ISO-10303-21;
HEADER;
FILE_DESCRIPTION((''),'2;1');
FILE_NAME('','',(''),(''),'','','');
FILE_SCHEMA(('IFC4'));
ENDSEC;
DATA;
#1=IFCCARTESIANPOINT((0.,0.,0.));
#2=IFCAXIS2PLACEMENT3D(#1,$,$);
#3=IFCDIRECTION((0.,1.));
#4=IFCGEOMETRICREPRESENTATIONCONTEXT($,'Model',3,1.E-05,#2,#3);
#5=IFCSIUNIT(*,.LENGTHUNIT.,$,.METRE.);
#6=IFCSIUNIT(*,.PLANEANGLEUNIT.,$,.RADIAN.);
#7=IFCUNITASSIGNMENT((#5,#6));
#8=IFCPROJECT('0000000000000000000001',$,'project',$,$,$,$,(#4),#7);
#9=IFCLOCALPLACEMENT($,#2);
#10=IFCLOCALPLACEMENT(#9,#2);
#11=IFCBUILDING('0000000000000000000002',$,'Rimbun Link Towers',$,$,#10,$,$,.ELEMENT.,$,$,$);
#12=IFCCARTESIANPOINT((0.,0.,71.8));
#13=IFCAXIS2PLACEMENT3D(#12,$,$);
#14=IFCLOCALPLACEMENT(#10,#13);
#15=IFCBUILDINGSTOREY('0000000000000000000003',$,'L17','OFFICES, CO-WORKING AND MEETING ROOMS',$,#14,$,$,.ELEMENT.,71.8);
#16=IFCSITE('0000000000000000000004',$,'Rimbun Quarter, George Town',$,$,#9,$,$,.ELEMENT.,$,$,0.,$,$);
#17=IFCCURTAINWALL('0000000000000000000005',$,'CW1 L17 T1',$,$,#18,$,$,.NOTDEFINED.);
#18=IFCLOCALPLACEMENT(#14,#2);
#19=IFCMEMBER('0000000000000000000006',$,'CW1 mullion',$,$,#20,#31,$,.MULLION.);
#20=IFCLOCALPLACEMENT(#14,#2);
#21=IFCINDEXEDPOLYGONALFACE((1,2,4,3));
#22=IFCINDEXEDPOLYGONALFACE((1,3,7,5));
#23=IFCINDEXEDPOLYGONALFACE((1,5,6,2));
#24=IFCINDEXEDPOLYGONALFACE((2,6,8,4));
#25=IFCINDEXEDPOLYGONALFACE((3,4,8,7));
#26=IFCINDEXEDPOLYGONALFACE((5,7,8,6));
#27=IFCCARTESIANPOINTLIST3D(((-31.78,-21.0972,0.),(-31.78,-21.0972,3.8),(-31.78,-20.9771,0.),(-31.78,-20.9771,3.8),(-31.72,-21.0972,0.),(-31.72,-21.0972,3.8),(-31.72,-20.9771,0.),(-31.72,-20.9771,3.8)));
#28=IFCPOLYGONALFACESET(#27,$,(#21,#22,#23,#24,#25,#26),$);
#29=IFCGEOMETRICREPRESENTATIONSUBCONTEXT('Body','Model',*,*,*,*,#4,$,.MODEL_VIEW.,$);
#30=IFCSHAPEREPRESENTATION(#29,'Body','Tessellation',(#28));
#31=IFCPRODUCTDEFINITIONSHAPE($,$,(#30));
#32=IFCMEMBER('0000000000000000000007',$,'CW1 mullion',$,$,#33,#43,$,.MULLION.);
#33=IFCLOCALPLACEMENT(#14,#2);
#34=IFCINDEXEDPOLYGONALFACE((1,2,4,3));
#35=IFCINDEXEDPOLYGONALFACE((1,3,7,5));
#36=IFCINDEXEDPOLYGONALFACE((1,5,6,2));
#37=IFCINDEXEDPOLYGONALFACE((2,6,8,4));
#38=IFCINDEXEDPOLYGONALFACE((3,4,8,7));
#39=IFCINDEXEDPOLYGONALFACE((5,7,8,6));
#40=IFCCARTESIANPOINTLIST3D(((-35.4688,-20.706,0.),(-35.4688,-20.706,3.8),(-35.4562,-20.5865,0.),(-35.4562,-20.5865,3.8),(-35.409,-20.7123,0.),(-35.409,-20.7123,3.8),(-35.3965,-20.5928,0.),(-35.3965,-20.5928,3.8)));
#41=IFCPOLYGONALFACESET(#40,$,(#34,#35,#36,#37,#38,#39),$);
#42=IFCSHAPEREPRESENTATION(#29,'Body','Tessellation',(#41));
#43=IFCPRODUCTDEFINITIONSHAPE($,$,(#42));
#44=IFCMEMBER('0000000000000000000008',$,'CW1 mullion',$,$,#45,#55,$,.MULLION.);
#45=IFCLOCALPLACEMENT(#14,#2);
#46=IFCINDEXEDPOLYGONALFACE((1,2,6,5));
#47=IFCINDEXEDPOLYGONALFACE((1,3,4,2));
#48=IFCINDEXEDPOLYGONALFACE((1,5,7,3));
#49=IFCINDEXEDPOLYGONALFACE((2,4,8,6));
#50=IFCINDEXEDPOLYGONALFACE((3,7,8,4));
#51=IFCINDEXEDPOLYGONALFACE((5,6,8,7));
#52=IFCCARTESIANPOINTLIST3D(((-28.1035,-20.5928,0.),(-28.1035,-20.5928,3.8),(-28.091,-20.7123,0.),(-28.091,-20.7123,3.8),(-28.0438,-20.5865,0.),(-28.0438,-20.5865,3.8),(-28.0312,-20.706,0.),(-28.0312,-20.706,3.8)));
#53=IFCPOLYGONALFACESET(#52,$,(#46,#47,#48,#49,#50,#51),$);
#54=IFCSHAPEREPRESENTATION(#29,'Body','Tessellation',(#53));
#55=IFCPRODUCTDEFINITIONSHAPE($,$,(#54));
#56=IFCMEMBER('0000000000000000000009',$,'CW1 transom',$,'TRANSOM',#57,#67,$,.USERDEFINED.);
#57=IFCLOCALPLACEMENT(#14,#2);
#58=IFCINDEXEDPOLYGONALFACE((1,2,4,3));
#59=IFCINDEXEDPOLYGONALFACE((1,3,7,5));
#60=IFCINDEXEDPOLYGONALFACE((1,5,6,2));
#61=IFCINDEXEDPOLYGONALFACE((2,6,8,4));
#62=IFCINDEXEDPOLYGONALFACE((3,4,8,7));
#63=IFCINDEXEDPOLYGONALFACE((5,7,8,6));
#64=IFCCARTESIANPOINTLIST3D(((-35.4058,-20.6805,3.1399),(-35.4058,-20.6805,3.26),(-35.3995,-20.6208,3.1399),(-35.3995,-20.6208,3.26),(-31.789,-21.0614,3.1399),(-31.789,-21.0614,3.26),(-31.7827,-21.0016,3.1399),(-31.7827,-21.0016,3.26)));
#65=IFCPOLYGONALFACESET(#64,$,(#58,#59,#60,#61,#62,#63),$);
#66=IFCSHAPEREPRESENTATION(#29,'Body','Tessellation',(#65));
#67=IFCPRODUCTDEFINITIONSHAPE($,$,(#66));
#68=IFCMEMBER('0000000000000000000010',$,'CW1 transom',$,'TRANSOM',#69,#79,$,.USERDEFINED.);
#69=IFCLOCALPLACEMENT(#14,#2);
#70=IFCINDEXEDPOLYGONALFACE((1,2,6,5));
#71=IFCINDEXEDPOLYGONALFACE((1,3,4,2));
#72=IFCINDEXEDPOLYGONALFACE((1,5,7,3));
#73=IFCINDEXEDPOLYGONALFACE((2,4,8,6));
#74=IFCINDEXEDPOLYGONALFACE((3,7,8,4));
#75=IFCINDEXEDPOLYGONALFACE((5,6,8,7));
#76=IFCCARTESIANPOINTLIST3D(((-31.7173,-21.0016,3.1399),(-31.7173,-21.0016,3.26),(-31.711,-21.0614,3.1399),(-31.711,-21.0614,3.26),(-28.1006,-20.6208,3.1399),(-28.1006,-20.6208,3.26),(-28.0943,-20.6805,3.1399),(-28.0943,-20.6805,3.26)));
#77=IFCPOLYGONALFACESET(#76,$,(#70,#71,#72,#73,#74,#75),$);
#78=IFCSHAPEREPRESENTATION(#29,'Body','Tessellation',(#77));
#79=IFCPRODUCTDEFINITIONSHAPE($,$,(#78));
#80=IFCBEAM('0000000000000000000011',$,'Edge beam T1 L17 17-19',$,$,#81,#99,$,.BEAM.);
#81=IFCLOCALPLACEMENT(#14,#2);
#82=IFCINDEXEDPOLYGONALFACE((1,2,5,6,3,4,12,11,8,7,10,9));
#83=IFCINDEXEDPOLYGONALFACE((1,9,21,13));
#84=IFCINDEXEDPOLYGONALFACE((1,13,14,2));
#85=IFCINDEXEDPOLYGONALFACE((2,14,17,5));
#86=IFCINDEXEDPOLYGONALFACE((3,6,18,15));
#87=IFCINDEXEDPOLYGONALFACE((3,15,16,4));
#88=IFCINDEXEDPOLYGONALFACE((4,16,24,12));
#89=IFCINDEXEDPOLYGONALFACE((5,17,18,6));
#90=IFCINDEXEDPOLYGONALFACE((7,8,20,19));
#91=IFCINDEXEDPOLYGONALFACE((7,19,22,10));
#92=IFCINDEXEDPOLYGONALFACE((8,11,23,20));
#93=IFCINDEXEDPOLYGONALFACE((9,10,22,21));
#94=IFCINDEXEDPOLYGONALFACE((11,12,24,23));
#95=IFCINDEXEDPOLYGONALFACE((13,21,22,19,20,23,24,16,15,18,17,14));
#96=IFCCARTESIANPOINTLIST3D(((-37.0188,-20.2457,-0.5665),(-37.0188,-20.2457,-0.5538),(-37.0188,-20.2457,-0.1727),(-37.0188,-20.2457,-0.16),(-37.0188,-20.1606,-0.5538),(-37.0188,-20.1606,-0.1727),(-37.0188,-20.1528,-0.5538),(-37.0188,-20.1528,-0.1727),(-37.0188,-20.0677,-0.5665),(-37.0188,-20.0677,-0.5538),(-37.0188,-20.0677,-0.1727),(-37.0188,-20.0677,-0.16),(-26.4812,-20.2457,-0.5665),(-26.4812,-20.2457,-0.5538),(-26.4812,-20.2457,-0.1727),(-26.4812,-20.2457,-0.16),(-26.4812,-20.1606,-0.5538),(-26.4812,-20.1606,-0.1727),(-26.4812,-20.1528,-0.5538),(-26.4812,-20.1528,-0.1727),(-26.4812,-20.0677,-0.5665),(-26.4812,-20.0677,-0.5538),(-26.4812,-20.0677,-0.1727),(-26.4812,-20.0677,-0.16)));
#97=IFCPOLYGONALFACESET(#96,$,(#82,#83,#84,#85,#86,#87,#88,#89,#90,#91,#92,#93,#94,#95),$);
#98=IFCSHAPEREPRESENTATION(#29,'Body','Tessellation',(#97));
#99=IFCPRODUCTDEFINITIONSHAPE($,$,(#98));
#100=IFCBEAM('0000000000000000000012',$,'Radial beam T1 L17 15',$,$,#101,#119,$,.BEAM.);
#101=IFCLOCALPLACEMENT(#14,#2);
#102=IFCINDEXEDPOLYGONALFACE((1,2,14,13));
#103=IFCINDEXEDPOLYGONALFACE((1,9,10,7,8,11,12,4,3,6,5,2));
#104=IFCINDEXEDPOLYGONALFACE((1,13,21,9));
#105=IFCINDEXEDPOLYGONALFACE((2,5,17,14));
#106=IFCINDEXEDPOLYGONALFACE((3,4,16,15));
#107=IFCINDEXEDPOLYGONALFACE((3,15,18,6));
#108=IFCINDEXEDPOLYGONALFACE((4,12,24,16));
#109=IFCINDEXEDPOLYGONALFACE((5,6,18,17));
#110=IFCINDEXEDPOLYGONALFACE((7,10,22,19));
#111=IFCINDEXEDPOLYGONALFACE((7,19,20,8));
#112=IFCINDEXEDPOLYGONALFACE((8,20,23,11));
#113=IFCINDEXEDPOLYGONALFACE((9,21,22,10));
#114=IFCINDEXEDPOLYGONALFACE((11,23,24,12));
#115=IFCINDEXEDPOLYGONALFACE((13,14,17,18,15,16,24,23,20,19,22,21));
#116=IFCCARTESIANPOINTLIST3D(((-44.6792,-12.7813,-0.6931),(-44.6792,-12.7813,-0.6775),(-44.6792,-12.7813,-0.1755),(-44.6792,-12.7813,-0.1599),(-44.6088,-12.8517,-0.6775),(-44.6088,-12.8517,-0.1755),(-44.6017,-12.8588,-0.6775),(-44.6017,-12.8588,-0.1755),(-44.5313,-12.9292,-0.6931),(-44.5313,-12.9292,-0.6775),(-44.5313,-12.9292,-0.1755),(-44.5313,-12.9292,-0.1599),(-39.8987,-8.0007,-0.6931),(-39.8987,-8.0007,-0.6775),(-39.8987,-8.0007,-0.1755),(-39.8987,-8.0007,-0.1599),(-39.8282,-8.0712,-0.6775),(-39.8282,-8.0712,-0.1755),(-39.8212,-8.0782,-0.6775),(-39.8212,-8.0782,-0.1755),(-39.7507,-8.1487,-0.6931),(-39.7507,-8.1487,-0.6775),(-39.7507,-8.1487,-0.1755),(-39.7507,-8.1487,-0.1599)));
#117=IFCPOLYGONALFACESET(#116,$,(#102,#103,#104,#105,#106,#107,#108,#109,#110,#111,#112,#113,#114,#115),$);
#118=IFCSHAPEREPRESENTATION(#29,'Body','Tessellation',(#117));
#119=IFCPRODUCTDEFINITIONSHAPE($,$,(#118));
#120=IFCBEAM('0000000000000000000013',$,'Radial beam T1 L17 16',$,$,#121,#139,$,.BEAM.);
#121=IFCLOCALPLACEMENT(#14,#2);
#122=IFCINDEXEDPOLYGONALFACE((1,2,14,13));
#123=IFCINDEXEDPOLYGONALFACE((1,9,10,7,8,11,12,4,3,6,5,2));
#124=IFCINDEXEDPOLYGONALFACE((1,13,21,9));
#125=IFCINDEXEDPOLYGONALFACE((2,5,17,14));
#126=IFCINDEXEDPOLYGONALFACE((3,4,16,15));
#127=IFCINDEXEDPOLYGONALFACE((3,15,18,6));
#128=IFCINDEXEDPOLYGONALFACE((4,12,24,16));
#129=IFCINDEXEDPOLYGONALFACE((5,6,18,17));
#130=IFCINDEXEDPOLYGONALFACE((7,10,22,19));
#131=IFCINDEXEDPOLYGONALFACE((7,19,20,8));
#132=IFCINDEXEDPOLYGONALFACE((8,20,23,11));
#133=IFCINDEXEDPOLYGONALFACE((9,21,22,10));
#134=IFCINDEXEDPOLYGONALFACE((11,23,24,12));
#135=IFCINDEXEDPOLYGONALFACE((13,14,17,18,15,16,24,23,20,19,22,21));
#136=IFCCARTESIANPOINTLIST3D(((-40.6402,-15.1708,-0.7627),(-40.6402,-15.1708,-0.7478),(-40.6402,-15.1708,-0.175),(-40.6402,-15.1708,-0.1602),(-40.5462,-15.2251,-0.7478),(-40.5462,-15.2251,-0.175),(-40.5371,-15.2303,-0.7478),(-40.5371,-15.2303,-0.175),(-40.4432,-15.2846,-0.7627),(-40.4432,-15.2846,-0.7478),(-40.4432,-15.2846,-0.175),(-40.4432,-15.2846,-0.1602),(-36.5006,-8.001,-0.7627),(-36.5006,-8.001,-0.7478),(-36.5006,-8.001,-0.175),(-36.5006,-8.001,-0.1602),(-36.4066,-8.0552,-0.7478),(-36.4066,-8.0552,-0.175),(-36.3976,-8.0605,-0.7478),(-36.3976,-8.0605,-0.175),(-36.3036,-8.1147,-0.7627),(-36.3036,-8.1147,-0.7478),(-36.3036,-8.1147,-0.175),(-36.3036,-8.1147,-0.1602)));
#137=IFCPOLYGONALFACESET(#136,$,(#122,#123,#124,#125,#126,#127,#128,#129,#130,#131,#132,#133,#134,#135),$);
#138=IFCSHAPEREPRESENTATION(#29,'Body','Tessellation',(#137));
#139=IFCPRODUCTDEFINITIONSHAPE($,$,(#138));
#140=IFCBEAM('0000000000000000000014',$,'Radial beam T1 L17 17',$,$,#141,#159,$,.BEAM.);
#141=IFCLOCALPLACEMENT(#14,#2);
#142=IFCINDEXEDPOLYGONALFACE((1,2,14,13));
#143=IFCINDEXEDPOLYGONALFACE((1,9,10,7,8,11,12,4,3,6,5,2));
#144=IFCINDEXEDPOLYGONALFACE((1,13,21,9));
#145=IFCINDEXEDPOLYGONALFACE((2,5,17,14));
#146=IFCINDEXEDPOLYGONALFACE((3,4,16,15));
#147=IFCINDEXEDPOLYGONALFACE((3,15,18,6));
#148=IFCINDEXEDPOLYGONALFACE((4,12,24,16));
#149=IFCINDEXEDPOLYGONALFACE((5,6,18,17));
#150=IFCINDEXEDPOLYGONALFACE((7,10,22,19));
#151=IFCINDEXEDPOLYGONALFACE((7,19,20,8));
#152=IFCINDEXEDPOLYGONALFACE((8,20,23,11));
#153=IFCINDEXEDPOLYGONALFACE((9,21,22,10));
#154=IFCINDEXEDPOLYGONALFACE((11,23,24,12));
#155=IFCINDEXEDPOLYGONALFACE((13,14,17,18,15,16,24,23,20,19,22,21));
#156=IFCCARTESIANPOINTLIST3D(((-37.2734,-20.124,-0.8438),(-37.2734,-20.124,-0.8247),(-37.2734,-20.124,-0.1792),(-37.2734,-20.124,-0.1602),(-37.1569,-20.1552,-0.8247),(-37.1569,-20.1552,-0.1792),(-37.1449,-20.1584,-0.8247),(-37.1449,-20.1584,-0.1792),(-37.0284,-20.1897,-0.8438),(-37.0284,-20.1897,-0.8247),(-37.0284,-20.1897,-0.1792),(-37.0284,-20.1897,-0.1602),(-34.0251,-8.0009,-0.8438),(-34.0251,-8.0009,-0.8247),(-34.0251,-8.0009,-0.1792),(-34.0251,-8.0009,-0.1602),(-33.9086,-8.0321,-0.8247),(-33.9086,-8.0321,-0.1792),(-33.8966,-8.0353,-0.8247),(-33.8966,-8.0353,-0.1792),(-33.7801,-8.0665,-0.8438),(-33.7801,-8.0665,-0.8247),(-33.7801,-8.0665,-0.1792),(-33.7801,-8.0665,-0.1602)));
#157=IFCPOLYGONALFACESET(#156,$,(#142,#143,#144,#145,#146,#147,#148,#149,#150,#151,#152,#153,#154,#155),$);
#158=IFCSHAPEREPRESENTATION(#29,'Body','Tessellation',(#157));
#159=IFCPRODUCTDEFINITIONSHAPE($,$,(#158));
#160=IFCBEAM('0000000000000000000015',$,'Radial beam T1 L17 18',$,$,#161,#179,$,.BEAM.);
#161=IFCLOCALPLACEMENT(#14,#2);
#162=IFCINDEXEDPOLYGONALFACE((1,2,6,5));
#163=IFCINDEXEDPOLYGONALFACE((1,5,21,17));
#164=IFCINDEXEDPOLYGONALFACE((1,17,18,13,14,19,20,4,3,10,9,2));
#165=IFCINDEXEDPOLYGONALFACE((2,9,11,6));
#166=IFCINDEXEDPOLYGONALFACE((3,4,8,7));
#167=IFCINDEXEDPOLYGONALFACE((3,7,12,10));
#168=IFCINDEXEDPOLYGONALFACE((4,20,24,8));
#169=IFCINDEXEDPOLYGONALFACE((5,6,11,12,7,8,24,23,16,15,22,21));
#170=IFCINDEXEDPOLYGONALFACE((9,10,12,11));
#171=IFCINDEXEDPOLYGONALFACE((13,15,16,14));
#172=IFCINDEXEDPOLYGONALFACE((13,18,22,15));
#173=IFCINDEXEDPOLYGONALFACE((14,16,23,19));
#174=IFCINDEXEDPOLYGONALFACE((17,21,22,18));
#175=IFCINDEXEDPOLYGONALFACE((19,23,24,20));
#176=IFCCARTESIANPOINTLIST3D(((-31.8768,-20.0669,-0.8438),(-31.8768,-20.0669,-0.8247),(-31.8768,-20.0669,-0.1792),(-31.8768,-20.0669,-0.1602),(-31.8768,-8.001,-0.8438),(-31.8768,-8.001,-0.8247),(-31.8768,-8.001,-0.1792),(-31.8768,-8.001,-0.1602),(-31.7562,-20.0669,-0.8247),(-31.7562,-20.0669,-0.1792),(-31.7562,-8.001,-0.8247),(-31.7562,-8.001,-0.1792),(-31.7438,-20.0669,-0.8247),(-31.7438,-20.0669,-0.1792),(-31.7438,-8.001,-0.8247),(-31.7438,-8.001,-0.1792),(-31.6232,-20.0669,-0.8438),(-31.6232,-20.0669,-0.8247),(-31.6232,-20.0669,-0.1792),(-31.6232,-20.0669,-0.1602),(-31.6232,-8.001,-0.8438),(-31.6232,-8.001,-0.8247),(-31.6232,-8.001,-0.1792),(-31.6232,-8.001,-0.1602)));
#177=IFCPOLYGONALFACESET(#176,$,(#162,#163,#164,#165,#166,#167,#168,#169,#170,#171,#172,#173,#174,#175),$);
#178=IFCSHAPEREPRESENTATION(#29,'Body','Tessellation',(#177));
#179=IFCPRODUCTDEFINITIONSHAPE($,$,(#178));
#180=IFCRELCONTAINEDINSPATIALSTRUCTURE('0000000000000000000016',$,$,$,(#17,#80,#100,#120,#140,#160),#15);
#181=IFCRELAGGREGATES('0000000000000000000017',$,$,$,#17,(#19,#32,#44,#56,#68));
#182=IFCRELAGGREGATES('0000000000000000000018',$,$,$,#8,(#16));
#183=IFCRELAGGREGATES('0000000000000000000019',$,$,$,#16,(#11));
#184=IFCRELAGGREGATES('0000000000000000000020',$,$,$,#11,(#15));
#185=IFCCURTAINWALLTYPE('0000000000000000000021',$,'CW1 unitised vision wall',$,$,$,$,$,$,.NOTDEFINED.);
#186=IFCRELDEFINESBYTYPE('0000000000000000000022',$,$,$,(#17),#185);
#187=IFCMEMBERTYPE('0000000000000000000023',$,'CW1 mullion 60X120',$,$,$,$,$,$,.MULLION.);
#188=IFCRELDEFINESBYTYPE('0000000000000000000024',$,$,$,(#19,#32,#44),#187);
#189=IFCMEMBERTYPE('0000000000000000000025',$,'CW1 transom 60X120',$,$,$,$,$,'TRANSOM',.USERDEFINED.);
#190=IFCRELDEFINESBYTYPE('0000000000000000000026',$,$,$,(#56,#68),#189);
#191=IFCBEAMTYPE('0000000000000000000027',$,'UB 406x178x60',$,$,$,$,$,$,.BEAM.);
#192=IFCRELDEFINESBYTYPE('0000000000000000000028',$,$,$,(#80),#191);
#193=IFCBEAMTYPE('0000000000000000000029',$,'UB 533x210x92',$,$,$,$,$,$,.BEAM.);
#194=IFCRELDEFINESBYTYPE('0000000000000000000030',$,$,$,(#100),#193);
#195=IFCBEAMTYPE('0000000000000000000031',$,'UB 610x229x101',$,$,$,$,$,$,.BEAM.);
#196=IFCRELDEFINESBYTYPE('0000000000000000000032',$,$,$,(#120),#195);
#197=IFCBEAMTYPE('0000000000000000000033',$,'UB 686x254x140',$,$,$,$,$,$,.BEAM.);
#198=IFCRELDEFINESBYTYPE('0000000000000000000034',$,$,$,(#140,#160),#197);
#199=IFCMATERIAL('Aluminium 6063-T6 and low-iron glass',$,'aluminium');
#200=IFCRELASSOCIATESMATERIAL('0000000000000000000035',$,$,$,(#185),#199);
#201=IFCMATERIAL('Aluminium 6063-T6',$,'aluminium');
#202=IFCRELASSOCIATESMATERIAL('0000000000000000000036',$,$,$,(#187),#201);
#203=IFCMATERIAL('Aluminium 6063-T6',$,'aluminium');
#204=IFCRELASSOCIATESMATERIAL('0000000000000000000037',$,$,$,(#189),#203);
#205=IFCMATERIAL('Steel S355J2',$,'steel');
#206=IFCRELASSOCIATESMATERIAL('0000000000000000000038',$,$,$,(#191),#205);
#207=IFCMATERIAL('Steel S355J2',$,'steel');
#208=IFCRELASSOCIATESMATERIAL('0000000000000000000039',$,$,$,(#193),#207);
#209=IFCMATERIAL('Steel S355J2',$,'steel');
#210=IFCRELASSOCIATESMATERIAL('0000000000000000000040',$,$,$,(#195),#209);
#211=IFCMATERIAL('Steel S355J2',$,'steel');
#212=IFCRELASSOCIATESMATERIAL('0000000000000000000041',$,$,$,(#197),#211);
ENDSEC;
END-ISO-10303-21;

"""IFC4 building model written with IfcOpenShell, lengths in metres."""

from ifc_helpers import new_model, si_unit, direction, frame, origin, origin_2d, place, context, subcontext, project, spatial, rectangle, i_section, extrude, material, material_profile, profile_set, type_object, element, aggregate, save


model = new_model("IFC4")

# Units and contexts
model_context = context("Model", 3, precision=1e-05, world=origin(), true_north=direction((0.0, 1.0)))
body_context = subcontext(model_context, "Body", "Model", "MODEL_VIEW")
ifc_project = project(units=[si_unit("LENGTHUNIT", "METRE"), si_unit("PLANEANGLEUNIT", "RADIAN")], contexts=[model_context])

# Site, building, storey
site_placement = place(None, origin())
site = spatial("IfcSite", under=ifc_project, at=site_placement, Name="Rimbun Quarter, George Town", CompositionType="ELEMENT", RefElevation=0.0)
building_placement = place(site_placement, origin())
building = spatial("IfcBuilding", under=site, at=building_placement, Name="Rimbun Link Towers", CompositionType="ELEMENT")
storey_placement = place(building_placement, frame((0.0, 0.0, 71.8)))
storey = spatial("IfcBuildingStorey", under=building, at=storey_placement, Name="L17", Description="OFFICES, CO-WORKING AND MEETING ROOMS", CompositionType="ELEMENT", Elevation=71.8)

# Curtain wall, members
ifc_material_1 = material(Name="Aluminium 6063-T6 and low-iron glass", Category="aluminium")
curtain_wall_type = type_object("IfcCurtainWallType", Name="CW1 unitised vision wall", PredefinedType="NOTDEFINED", material=ifc_material_1)
curtain_wall_placement = place(storey_placement, origin())
curtain_wall = element("IfcCurtainWall", 1, at=curtain_wall_placement, inside=storey, type_object=curtain_wall_type, Name="CW1 L17 T1", PredefinedType="NOTDEFINED")
ifc_material_2 = material(Name="Aluminium 6063-T6", Category="aluminium")
ifc_material_profile_1 = material_profile(ifc_material_2, rectangle(XDim=0.1201, YDim=0.0601, at=origin_2d()), Name="MULLION 60X120")
ifc_profile_set_1 = profile_set([ifc_material_profile_1], Name="Aluminium 6063-T6")
member_type_1 = type_object("IfcMemberType", Name="CW1 mullion 60X120", PredefinedType="MULLION", material=ifc_profile_set_1)
member_1_placement = place(storey_placement, frame((-31.75, -21.0371, 0.0), z_axis=(0.0, 0.0, 1.0), x_axis=(0.0, -1.0, 0.0)))
member_1 = element("IfcMember", 2, at=member_1_placement, type_object=member_type_1, Name="CW1 mullion", PredefinedType="MULLION", context=body_context, shape_type="SweptSolid", body=[
    extrude(rectangle(XDim=0.1201, YDim=0.0601, at=origin_2d()), origin(), (0.0, 0.0, 1.0), 3.8),
])
member_2_placement = place(storey_placement, frame((-35.4326, -20.6494, 0.0), z_axis=(0.0, 0.0, 1.0), x_axis=(-0.104735, -0.9945, 0.0)))
member_2 = element("IfcMember", 3, at=member_2_placement, type_object=member_type_1, Name="CW1 mullion", PredefinedType="MULLION", context=body_context, shape_type="SweptSolid", body=[
    extrude(rectangle(XDim=0.1201, YDim=0.0601, at=origin_2d()), origin(), (0.0, 0.0, 1.0), 3.8),
])
member_3_placement = place(storey_placement, frame((-28.0674, -20.6494, 0.0), z_axis=(0.0, 0.0, 1.0), x_axis=(0.104735, -0.9945, 0.0)))
member_3 = element("IfcMember", 4, at=member_3_placement, type_object=member_type_1, Name="CW1 mullion", PredefinedType="MULLION", context=body_context, shape_type="SweptSolid", body=[
    extrude(rectangle(XDim=0.1201, YDim=0.0601, at=origin_2d()), origin(), (0.0, 0.0, 1.0), 3.8),
])
ifc_material_3 = material(Name="Aluminium 6063-T6", Category="aluminium")
ifc_material_profile_2 = material_profile(ifc_material_3, rectangle(XDim=0.0601, YDim=0.1201, at=origin_2d()), Name="TRANSOM 60X120")
ifc_profile_set_2 = profile_set([ifc_material_profile_2], Name="Aluminium 6063-T6")
member_type_2 = type_object("IfcMemberType", Name="CW1 transom 60X120", ElementType="TRANSOM", PredefinedType="USERDEFINED", material=ifc_profile_set_2)
member_4_placement = place(storey_placement, frame((-31.7859, -21.0315, 3.2), z_axis=(-0.994501, 0.104727, 0.0), x_axis=(-0.104727, -0.994501, 0.0)))
member_4 = element("IfcMember", 5, at=member_4_placement, type_object=member_type_2, Name="CW1 transom", ObjectType="TRANSOM", PredefinedType="USERDEFINED", context=body_context, shape_type="SweptSolid", body=[
    extrude(rectangle(XDim=0.0601, YDim=0.1201, at=origin_2d()), origin(), (0.0, 0.0, 1.0), 3.6367),
])
member_5_placement = place(storey_placement, frame((-28.0974, -20.6506, 3.2), z_axis=(-0.994501, -0.104727, 0.0), x_axis=(0.104727, -0.994501, 0.0)))
member_5 = element("IfcMember", 6, at=member_5_placement, type_object=member_type_2, Name="CW1 transom", ObjectType="TRANSOM", PredefinedType="USERDEFINED", context=body_context, shape_type="SweptSolid", body=[
    extrude(rectangle(XDim=0.0601, YDim=0.1201, at=origin_2d()), origin(), (0.0, 0.0, 1.0), 3.6367),
])

# Beams
ifc_material_4 = material(Name="Steel S355J2", Category="steel")
ifc_material_profile_3 = material_profile(ifc_material_4, i_section(OverallWidth=0.178, OverallDepth=0.4065, WebThickness=0.0078, FlangeThickness=0.0127, at=origin_2d()), Name="UB 406x178x60")
ifc_profile_set_3 = profile_set([ifc_material_profile_3], Name="Steel S355J2")
beam_type_1 = type_object("IfcBeamType", Name="UB 406x178x60", PredefinedType="BEAM", material=ifc_profile_set_3)
beam_1_placement = place(storey_placement, frame((-37.0188, -20.1567, -0.3633), z_axis=(1.0, 0.0, 0.0), x_axis=(0.0, 1.0, 0.0)))
element("IfcBeam", 7, at=beam_1_placement, inside=storey, type_object=beam_type_1, Name="Edge beam T1 L17 17-19", PredefinedType="BEAM", context=body_context, shape_type="SweptSolid", body=[
    extrude(i_section(OverallWidth=0.178, OverallDepth=0.4065, WebThickness=0.0078, FlangeThickness=0.0127, at=origin_2d()), origin(), (0.0, 0.0, 1.0), 10.5376),
])
ifc_material_5 = material(Name="Steel S355J2", Category="steel")
ifc_material_profile_4 = material_profile(ifc_material_5, i_section(OverallWidth=0.2092, OverallDepth=0.5332, WebThickness=0.01, FlangeThickness=0.0156, at=origin_2d()), Name="UB 533x210x92")
ifc_profile_set_4 = profile_set([ifc_material_profile_4], Name="Steel S355J2")
beam_type_2 = type_object("IfcBeamType", Name="UB 533x210x92", PredefinedType="BEAM", material=ifc_profile_set_4)
beam_2_placement = place(storey_placement, frame((-39.8247, -8.0747, -0.4265), z_axis=(-0.707107, -0.707107, 0.0), x_axis=(0.707107, -0.707107, 0.0)))
element("IfcBeam", 8, at=beam_2_placement, inside=storey, type_object=beam_type_2, Name="Radial beam T1 L17 15", PredefinedType="BEAM", context=body_context, shape_type="SweptSolid", body=[
    extrude(i_section(OverallWidth=0.2092, OverallDepth=0.5332, WebThickness=0.01, FlangeThickness=0.0156, at=origin_2d()), origin(), (0.0, 0.0, 1.0), 6.7607),
])
ifc_material_6 = material(Name="Steel S355J2", Category="steel")
ifc_material_profile_5 = material_profile(ifc_material_6, i_section(OverallWidth=0.2275, OverallDepth=0.6025, WebThickness=0.0105, FlangeThickness=0.0149, at=origin_2d()), Name="UB 610x229x101")
ifc_profile_set_5 = profile_set([ifc_material_profile_5], Name="Steel S355J2")
beam_type_3 = type_object("IfcBeamType", Name="UB 610x229x101", PredefinedType="BEAM", material=ifc_profile_set_5)
beam_3_placement = place(storey_placement, frame((-36.4021, -8.0579, -0.4614), z_axis=(-0.500008, -0.866021, 0.0), x_axis=(0.866021, -0.500008, 0.0)))
element("IfcBeam", 9, at=beam_3_placement, inside=storey, type_object=beam_type_3, Name="Radial beam T1 L17 16", PredefinedType="BEAM", context=body_context, shape_type="SweptSolid", body=[
    extrude(i_section(OverallWidth=0.2275, OverallDepth=0.6025, WebThickness=0.0105, FlangeThickness=0.0149, at=origin_2d()), origin(), (0.0, 0.0, 1.0), 8.2791),
])
ifc_material_7 = material(Name="Steel S355J2", Category="steel")
ifc_material_profile_6 = material_profile(ifc_material_7, i_section(OverallWidth=0.2537, OverallDepth=0.6836, WebThickness=0.0125, FlangeThickness=0.019, at=origin_2d()), Name="UB 686x254x140")
ifc_profile_set_6 = profile_set([ifc_material_profile_6], Name="Steel S355J2")
beam_type_4 = type_object("IfcBeamType", Name="UB 686x254x140", PredefinedType="BEAM", material=ifc_profile_set_6)
beam_4_placement = place(storey_placement, frame((-33.9026, -8.0337, -0.502), z_axis=(-0.258814, -0.965927, 0.0), x_axis=(0.965927, -0.258814, 0.0)))
element("IfcBeam", 10, at=beam_4_placement, inside=storey, type_object=beam_type_4, Name="Radial beam T1 L17 17", PredefinedType="BEAM", context=body_context, shape_type="SweptSolid", body=[
    extrude(i_section(OverallWidth=0.2537, OverallDepth=0.6836, WebThickness=0.0125, FlangeThickness=0.019, at=origin_2d()), origin(), (0.0, 0.0, 1.0), 12.5508),
])
beam_5_placement = place(storey_placement, frame((-31.75, -8.001, -0.502), z_axis=(0.0, -1.0, 0.0), x_axis=(1.0, 0.0, 0.0)))
element("IfcBeam", 11, at=beam_5_placement, inside=storey, type_object=beam_type_4, Name="Radial beam T1 L17 18", PredefinedType="BEAM", context=body_context, shape_type="SweptSolid", body=[
    extrude(i_section(OverallWidth=0.2537, OverallDepth=0.6836, WebThickness=0.0125, FlangeThickness=0.019, at=origin_2d()), origin(), (0.0, 0.0, 1.0), 12.0659),
])

aggregate(curtain_wall, [member_1, member_2, member_3, member_4, member_5])

save(model, "model.ifc")
